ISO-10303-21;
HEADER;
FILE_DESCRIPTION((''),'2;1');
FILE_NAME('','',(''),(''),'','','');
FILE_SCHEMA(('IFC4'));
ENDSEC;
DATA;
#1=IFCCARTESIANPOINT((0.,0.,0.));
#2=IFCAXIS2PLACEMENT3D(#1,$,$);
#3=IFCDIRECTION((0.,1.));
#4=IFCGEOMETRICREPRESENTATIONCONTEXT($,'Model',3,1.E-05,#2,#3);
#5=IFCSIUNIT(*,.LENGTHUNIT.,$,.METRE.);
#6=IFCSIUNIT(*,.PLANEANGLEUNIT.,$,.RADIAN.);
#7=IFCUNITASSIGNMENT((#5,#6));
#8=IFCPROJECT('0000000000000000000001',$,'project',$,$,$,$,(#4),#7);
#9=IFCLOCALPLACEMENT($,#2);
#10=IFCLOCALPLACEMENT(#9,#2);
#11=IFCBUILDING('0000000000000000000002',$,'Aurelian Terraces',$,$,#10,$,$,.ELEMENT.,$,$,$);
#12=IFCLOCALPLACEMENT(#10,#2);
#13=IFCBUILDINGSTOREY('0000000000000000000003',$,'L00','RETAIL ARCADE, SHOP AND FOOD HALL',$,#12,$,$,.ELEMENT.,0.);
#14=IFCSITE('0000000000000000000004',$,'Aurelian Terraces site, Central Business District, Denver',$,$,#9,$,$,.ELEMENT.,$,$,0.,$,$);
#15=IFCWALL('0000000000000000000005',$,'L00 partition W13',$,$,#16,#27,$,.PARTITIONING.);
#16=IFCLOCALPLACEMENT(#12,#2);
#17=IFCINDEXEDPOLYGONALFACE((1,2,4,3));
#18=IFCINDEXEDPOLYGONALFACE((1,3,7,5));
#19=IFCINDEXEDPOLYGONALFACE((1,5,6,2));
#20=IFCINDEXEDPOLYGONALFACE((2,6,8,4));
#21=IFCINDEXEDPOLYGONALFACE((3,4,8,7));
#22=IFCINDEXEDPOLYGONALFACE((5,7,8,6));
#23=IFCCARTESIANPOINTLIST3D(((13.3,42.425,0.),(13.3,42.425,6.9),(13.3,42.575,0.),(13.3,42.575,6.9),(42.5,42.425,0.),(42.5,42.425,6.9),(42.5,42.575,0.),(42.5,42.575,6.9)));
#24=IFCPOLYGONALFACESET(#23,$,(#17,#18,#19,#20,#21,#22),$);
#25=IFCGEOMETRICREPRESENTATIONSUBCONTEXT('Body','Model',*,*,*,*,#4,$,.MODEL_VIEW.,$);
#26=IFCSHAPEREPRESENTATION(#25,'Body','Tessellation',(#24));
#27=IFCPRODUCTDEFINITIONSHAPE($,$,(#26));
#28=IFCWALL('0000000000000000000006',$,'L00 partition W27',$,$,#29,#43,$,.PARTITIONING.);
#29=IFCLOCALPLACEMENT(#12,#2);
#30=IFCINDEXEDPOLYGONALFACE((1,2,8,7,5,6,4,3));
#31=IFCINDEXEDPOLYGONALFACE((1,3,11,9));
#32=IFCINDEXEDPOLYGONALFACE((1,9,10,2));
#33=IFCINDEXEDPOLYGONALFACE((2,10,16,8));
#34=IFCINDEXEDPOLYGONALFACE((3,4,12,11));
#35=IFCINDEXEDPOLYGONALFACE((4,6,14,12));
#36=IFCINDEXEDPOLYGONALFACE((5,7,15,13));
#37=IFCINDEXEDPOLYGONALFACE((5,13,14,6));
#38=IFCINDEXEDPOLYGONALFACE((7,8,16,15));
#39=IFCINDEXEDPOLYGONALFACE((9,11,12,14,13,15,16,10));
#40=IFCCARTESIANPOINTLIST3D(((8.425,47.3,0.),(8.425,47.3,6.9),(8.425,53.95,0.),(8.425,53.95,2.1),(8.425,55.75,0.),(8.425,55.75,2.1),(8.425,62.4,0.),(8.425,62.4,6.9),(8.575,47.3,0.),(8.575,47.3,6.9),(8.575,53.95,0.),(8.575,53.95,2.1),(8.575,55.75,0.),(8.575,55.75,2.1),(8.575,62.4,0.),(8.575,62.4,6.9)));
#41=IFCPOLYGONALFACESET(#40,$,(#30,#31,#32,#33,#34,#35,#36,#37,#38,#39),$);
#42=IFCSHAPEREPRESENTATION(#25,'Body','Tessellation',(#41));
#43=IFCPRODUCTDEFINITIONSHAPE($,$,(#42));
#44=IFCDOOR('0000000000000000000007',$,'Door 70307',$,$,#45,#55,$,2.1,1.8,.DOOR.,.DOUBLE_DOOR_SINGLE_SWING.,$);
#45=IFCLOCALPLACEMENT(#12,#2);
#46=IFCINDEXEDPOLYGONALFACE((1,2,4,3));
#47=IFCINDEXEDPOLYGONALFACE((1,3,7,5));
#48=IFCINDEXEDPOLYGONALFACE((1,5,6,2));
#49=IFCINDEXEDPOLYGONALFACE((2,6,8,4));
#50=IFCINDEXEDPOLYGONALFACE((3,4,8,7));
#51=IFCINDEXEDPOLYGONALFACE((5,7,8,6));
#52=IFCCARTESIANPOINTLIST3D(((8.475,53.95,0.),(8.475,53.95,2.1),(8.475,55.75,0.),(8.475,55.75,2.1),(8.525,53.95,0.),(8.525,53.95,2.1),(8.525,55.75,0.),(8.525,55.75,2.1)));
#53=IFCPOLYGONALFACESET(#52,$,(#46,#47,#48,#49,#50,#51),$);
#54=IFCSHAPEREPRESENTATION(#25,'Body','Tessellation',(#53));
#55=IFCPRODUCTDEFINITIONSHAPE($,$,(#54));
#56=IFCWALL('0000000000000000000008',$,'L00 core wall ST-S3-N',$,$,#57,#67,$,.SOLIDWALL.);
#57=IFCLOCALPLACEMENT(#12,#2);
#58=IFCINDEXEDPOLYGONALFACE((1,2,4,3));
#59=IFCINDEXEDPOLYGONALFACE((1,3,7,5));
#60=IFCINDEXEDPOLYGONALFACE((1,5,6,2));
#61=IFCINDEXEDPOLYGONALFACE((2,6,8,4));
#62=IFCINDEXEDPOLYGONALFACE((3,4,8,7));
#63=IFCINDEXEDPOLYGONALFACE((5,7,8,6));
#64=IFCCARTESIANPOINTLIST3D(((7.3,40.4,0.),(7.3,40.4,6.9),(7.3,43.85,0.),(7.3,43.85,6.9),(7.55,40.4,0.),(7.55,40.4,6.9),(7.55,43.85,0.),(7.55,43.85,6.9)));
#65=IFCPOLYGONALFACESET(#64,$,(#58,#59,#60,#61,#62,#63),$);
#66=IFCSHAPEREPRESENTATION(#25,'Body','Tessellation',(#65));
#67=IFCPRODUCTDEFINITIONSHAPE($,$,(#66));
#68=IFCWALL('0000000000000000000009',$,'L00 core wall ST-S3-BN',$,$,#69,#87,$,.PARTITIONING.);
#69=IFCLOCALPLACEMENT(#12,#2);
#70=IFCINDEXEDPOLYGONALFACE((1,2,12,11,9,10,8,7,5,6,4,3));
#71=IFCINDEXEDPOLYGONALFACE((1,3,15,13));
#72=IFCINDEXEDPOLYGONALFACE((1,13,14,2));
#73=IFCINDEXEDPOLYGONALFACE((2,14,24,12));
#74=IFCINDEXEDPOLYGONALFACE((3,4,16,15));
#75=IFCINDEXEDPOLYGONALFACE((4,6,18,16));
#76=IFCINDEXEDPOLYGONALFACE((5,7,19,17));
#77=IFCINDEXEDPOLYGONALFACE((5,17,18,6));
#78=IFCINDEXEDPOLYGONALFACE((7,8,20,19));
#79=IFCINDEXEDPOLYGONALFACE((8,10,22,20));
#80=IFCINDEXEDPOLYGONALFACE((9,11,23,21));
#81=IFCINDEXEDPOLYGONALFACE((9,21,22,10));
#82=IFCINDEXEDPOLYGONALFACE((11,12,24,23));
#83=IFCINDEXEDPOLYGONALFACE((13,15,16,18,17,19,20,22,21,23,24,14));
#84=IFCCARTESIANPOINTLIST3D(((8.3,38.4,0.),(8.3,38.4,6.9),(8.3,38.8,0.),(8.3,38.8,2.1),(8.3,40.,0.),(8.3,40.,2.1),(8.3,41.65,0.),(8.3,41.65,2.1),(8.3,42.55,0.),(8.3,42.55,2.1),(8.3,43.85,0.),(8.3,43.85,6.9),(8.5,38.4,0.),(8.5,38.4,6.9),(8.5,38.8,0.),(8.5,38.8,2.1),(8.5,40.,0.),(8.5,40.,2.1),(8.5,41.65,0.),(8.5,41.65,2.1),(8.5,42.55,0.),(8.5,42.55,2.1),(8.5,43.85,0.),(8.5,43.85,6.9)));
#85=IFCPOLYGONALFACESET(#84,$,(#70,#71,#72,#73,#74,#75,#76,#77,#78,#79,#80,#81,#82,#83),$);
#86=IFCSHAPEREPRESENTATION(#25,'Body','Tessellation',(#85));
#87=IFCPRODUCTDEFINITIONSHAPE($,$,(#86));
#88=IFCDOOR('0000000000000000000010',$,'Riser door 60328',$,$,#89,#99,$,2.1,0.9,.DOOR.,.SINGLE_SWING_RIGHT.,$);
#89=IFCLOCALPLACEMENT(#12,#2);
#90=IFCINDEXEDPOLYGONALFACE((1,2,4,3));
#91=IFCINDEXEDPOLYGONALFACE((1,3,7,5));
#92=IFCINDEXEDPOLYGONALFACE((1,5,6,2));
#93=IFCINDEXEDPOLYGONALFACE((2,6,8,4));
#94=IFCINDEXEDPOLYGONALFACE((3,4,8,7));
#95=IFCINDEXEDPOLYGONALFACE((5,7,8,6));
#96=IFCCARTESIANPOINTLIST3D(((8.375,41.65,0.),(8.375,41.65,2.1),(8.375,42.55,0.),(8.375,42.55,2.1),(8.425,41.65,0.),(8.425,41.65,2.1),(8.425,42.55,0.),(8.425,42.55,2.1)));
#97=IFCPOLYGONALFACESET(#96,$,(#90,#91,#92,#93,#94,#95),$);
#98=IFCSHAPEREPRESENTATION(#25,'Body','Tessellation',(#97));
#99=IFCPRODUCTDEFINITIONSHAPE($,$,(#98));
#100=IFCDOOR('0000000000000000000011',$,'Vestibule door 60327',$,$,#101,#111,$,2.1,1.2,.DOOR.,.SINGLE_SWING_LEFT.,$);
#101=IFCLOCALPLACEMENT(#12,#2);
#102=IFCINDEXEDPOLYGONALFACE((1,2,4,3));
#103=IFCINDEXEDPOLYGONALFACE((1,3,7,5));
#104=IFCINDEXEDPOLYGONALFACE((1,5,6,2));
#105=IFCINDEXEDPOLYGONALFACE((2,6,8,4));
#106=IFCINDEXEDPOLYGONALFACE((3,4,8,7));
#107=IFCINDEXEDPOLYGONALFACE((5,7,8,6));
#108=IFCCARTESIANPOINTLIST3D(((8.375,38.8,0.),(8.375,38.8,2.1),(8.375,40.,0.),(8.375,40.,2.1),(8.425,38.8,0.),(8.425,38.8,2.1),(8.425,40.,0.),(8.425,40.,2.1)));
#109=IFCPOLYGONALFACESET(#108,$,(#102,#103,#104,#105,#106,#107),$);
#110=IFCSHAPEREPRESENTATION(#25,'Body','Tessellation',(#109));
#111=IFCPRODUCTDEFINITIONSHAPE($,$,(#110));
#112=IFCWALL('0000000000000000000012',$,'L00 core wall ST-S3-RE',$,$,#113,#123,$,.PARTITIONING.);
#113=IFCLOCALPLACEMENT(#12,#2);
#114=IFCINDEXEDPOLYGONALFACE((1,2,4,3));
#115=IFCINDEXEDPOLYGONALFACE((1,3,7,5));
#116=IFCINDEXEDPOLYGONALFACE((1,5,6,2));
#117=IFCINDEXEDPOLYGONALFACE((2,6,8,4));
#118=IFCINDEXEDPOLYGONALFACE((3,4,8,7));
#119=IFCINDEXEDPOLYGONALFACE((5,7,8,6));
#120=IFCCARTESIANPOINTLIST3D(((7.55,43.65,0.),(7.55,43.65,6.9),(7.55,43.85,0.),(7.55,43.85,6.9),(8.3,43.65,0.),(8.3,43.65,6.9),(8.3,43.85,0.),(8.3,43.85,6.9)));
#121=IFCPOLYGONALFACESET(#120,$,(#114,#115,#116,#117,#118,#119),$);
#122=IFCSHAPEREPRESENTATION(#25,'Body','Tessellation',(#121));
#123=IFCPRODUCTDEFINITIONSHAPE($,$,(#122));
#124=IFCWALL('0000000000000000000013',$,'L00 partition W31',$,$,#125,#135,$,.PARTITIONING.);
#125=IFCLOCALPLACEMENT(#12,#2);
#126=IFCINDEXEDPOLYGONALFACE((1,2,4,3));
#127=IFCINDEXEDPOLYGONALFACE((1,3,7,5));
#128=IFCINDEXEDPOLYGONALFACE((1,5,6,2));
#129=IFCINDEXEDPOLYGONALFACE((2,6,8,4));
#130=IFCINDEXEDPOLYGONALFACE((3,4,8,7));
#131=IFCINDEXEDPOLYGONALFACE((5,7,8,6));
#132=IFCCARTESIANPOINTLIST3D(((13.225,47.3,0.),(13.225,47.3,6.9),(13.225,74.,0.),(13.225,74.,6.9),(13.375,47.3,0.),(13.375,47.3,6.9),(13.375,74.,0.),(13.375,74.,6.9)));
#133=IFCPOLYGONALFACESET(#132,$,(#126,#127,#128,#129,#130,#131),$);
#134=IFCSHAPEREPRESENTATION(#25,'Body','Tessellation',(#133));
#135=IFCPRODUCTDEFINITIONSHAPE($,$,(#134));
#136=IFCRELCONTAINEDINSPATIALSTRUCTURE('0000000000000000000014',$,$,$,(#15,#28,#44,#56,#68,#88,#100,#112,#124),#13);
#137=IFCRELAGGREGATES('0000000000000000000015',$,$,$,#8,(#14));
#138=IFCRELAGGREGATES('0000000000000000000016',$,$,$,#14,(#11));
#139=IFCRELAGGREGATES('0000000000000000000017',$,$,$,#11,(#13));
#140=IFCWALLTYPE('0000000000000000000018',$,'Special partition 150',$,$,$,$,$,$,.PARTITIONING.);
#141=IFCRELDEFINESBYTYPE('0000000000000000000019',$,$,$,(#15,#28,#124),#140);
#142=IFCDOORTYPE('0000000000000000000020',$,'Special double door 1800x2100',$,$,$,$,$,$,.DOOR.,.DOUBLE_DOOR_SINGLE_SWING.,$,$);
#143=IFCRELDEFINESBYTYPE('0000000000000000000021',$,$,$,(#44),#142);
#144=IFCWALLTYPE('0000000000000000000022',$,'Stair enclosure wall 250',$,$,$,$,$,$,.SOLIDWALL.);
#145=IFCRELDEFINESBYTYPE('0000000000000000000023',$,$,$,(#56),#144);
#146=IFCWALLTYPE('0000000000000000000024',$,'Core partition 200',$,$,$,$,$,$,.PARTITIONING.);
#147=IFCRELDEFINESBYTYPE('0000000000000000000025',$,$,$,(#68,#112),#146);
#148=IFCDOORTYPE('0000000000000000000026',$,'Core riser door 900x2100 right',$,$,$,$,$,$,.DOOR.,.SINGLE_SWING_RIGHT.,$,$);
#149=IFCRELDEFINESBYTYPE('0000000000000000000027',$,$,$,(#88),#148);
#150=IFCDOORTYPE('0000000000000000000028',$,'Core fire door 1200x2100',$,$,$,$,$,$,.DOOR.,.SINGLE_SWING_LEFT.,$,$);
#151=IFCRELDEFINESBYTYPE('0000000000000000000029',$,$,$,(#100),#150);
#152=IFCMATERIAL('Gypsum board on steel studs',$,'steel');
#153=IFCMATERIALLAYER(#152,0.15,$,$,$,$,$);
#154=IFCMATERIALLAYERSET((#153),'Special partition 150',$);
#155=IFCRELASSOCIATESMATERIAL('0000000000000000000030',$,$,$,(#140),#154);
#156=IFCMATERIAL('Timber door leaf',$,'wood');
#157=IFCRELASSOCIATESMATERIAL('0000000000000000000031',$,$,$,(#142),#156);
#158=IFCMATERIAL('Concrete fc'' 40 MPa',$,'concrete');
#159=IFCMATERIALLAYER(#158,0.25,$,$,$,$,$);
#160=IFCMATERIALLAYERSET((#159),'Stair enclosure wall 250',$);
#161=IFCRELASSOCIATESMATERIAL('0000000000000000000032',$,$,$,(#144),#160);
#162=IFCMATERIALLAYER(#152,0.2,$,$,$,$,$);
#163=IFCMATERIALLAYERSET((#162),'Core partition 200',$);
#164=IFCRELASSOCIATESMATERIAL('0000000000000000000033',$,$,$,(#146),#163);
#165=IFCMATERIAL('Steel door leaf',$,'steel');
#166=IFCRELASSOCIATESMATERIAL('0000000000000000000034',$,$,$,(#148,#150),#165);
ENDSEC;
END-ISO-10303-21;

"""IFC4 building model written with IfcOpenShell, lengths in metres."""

from ifc_helpers import new_model, si_unit, direction, frame, frame_2d, origin, place, context, subcontext, project, spatial, rectangle, extrude, source, transform, mapped, material, layer, layer_set, type_object, element, fill, save


model = new_model("IFC4")

# Units and contexts
model_context = context("Model", 3, precision=1e-05, world=origin(), true_north=direction((0.0, 1.0)))
body_context = subcontext(model_context, "Body", "Model", "MODEL_VIEW")
ifc_project = project(units=[si_unit("LENGTHUNIT", "METRE"), si_unit("PLANEANGLEUNIT", "RADIAN")], contexts=[model_context])

# Site, building, storey
site_placement = place(None, origin())
site = spatial("IfcSite", under=ifc_project, at=site_placement, Name="Aurelian Terraces site, Central Business District, Denver", CompositionType="ELEMENT", RefElevation=0.0)
building_placement = place(site_placement, origin())
building = spatial("IfcBuilding", under=site, at=building_placement, Name="Aurelian Terraces", CompositionType="ELEMENT")
storey_placement = place(building_placement, origin())
storey = spatial("IfcBuildingStorey", under=building, at=storey_placement, Name="L00", Description="RETAIL ARCADE, SHOP AND FOOD HALL", CompositionType="ELEMENT", Elevation=0.0)

# Wall
ifc_material_1 = material(Name="Gypsum board on steel studs", Category="steel")
ifc_layer_1 = layer(ifc_material_1, 0.15)
ifc_layer_set_1 = layer_set([ifc_layer_1], Name="Special partition 150")
wall_type_1 = type_object("IfcWallType", Name="Special partition 150", PredefinedType="PARTITIONING", material=ifc_layer_set_1)
wall_1_placement = place(storey_placement, frame((13.3, 42.5, 0.0), z_axis=(0.0, 0.0, 1.0), x_axis=(1.0, 0.0, 0.0)))
element("IfcWall", 1, at=wall_1_placement, inside=storey, type_object=wall_type_1, Name="L00 partition W13", PredefinedType="PARTITIONING", context=body_context, shape_type="SweptSolid", body=[
    extrude(rectangle(XDim=29.2, YDim=0.15, at=frame_2d((14.6, 0.0))), origin(), (0.0, 0.0, 1.0), 6.9),
])

# Wall, opening, door
wall_2_placement = place(storey_placement, frame((8.5, 47.3, 0.0), z_axis=(0.0, 0.0, 1.0), x_axis=(0.0, 1.0, 0.0)))
wall_2 = element("IfcWall", 2, at=wall_2_placement, inside=storey, type_object=wall_type_1, Name="L00 partition W27", PredefinedType="PARTITIONING", context=body_context, shape_type="SweptSolid", body=[
    extrude(rectangle(XDim=15.1, YDim=0.15, at=frame_2d((7.55, 0.0))), origin(), (0.0, 0.0, 1.0), 6.9),
])
shared_shape_1 = source(origin(), body_context, "Body", "SweptSolid", [
    extrude(rectangle(XDim=1.8, YDim=2.1, at=frame_2d((0.9, 1.05))), frame((0.0, 0.085, 0.0), z_axis=(0.0, -1.0, 0.0), x_axis=(1.0, 0.0, 0.0)), (0.0, 0.0, 1.0), 0.17),
])
opening_1_placement = place(wall_2_placement, frame((6.65, 0.0, 0.0)))
opening_1 = element("IfcOpeningElement", 3, at=opening_1_placement, cuts=wall_2, PredefinedType="OPENING", context=body_context, shape_type="MappedRepresentation", body=[
    mapped(shared_shape_1, transform((0.0, 0.0, 0.0), scale=1.0)),
])
ifc_material_2 = material(Name="Timber door leaf", Category="wood")
door_type_1 = type_object("IfcDoorType", Name="Special double door 1800x2100", OperationType="DOUBLE_DOOR_SINGLE_SWING", PredefinedType="DOOR", material=ifc_material_2)
shared_shape_2 = source(origin(), body_context, "Body", "SweptSolid", [
    extrude(rectangle(XDim=1.8, YDim=2.1, at=frame_2d((0.9, 1.05))), frame((0.0, 0.025, 0.0), z_axis=(0.0, -1.0, 0.0), x_axis=(1.0, 0.0, 0.0)), (0.0, 0.0, 1.0), 0.05),
])
door_1_placement = place(opening_1_placement, origin())
door_1 = element("IfcDoor", 4, at=door_1_placement, inside=storey, type_object=door_type_1, Name="Door 70307", OperationType="DOUBLE_DOOR_SINGLE_SWING", OverallHeight=2.1, OverallWidth=1.8, PredefinedType="DOOR", context=body_context, shape_type="MappedRepresentation", body=[
    mapped(shared_shape_2, transform((0.0, 0.0, 0.0), scale=1.0)),
])
fill(opening_1, door_1)

# Wall
ifc_material_3 = material(Name="Concrete fc' 40 MPa", Category="concrete")
ifc_layer_2 = layer(ifc_material_3, 0.25)
ifc_layer_set_2 = layer_set([ifc_layer_2], Name="Stair enclosure wall 250")
wall_type_2 = type_object("IfcWallType", Name="Stair enclosure wall 250", PredefinedType="SOLIDWALL", material=ifc_layer_set_2)
shared_shape_3 = source(origin(), body_context, "Body", "SweptSolid", [
    extrude(rectangle(XDim=3.45, YDim=0.25, at=frame_2d((1.725, 0.0))), origin(), (0.0, 0.0, 1.0), 6.9),
])
wall_3_placement = place(storey_placement, frame((7.425, 40.4, 0.0), z_axis=(0.0, 0.0, 1.0), x_axis=(0.0, 1.0, 0.0)))
element("IfcWall", 5, at=wall_3_placement, inside=storey, type_object=wall_type_2, Name="L00 core wall ST-S3-N", PredefinedType="SOLIDWALL", context=body_context, shape_type="MappedRepresentation", body=[
    mapped(shared_shape_3, transform((0.0, 0.0, 0.0), scale=1.0)),
])

# Wall, openings, doors
ifc_layer_3 = layer(ifc_material_1, 0.2)
ifc_layer_set_3 = layer_set([ifc_layer_3], Name="Core partition 200")
wall_type_3 = type_object("IfcWallType", Name="Core partition 200", PredefinedType="PARTITIONING", material=ifc_layer_set_3)
shared_shape_4 = source(origin(), body_context, "Body", "SweptSolid", [
    extrude(rectangle(XDim=5.45, YDim=0.2, at=frame_2d((2.725, 0.0))), origin(), (0.0, 0.0, 1.0), 6.9),
])
wall_4_placement = place(storey_placement, frame((8.4, 43.85, 0.0), z_axis=(0.0, 0.0, 1.0), x_axis=(0.0, -1.0, 0.0)))
wall_4 = element("IfcWall", 6, at=wall_4_placement, inside=storey, type_object=wall_type_3, Name="L00 core wall ST-S3-BN", PredefinedType="PARTITIONING", context=body_context, shape_type="MappedRepresentation", body=[
    mapped(shared_shape_4, transform((0.0, 0.0, 0.0), scale=1.0)),
])
shared_shape_5 = source(origin(), body_context, "Body", "SweptSolid", [
    extrude(rectangle(XDim=1.2, YDim=2.1, at=frame_2d((0.6, 1.05))), frame((0.0, 0.11, 0.0), z_axis=(0.0, -1.0, 0.0), x_axis=(1.0, 0.0, 0.0)), (0.0, 0.0, 1.0), 0.22),
])
opening_2_placement = place(wall_4_placement, frame((3.85, 0.0, 0.0)))
opening_2 = element("IfcOpeningElement", 7, at=opening_2_placement, cuts=wall_4, PredefinedType="OPENING", context=body_context, shape_type="MappedRepresentation", body=[
    mapped(shared_shape_5, transform((0.0, 0.0, 0.0), scale=1.0)),
])
shared_shape_6 = source(origin(), body_context, "Body", "SweptSolid", [
    extrude(rectangle(XDim=0.9, YDim=2.1, at=frame_2d((0.45, 1.05))), frame((0.0, 0.11, 0.0), z_axis=(0.0, -1.0, 0.0), x_axis=(1.0, 0.0, 0.0)), (0.0, 0.0, 1.0), 0.22),
])
opening_3_placement = place(wall_4_placement, frame((1.3, 0.0, 0.0)))
opening_3 = element("IfcOpeningElement", 8, at=opening_3_placement, cuts=wall_4, PredefinedType="OPENING", context=body_context, shape_type="MappedRepresentation", body=[
    mapped(shared_shape_6, transform((0.0, 0.0, 0.0), scale=1.0)),
])
ifc_material_4 = material(Name="Steel door leaf", Category="steel")
door_type_2 = type_object("IfcDoorType", Name="Core riser door 900x2100 right", OperationType="SINGLE_SWING_RIGHT", PredefinedType="DOOR", material=ifc_material_4)
shared_shape_7 = source(origin(), body_context, "Body", "SweptSolid", [
    extrude(rectangle(XDim=0.9, YDim=2.1, at=frame_2d((0.45, 1.05))), frame((0.0, 0.025, 0.0), z_axis=(0.0, -1.0, 0.0), x_axis=(1.0, 0.0, 0.0)), (0.0, 0.0, 1.0), 0.05),
])
door_2_placement = place(opening_3_placement, origin())
door_2 = element("IfcDoor", 9, at=door_2_placement, inside=storey, type_object=door_type_2, Name="Riser door 60328", OperationType="SINGLE_SWING_RIGHT", OverallHeight=2.1, OverallWidth=0.9, PredefinedType="DOOR", context=body_context, shape_type="MappedRepresentation", body=[
    mapped(shared_shape_7, transform((0.0, 0.0, 0.0), scale=1.0)),
])
fill(opening_3, door_2)
door_type_3 = type_object("IfcDoorType", Name="Core fire door 1200x2100", OperationType="SINGLE_SWING_LEFT", PredefinedType="DOOR", material=ifc_material_4)
shared_shape_8 = source(origin(), body_context, "Body", "SweptSolid", [
    extrude(rectangle(XDim=1.2, YDim=2.1, at=frame_2d((0.6, 1.05))), frame((0.0, 0.025, 0.0), z_axis=(0.0, -1.0, 0.0), x_axis=(1.0, 0.0, 0.0)), (0.0, 0.0, 1.0), 0.05),
])
door_3_placement = place(opening_2_placement, origin())
door_3 = element("IfcDoor", 10, at=door_3_placement, inside=storey, type_object=door_type_3, Name="Vestibule door 60327", OperationType="SINGLE_SWING_LEFT", OverallHeight=2.1, OverallWidth=1.2, PredefinedType="DOOR", context=body_context, shape_type="MappedRepresentation", body=[
    mapped(shared_shape_8, transform((0.0, 0.0, 0.0), scale=1.0)),
])
fill(opening_2, door_3)

# Walls
shared_shape_9 = source(origin(), body_context, "Body", "SweptSolid", [
    extrude(rectangle(XDim=0.75, YDim=0.2, at=frame_2d((0.375, 0.0))), origin(), (0.0, 0.0, 1.0), 6.9),
])
wall_5_placement = place(storey_placement, frame((7.55, 43.75, 0.0), z_axis=(0.0, 0.0, 1.0), x_axis=(1.0, 0.0, 0.0)))
element("IfcWall", 11, at=wall_5_placement, inside=storey, type_object=wall_type_3, Name="L00 core wall ST-S3-RE", PredefinedType="PARTITIONING", context=body_context, shape_type="MappedRepresentation", body=[
    mapped(shared_shape_9, transform((0.0, 0.0, 0.0), scale=1.0)),
])
shared_shape_10 = source(origin(), body_context, "Body", "SweptSolid", [
    extrude(rectangle(XDim=26.7, YDim=0.15, at=frame_2d((13.35, 0.0))), origin(), (0.0, 0.0, 1.0), 6.9),
])
wall_6_placement = place(storey_placement, frame((13.3, 47.3, 0.0), z_axis=(0.0, 0.0, 1.0), x_axis=(0.0, 1.0, 0.0)))
element("IfcWall", 12, at=wall_6_placement, inside=storey, type_object=wall_type_1, Name="L00 partition W31", PredefinedType="PARTITIONING", context=body_context, shape_type="MappedRepresentation", body=[
    mapped(shared_shape_10, transform((0.0, 0.0, 0.0), scale=1.0)),
])

save(model, "model.ifc")
